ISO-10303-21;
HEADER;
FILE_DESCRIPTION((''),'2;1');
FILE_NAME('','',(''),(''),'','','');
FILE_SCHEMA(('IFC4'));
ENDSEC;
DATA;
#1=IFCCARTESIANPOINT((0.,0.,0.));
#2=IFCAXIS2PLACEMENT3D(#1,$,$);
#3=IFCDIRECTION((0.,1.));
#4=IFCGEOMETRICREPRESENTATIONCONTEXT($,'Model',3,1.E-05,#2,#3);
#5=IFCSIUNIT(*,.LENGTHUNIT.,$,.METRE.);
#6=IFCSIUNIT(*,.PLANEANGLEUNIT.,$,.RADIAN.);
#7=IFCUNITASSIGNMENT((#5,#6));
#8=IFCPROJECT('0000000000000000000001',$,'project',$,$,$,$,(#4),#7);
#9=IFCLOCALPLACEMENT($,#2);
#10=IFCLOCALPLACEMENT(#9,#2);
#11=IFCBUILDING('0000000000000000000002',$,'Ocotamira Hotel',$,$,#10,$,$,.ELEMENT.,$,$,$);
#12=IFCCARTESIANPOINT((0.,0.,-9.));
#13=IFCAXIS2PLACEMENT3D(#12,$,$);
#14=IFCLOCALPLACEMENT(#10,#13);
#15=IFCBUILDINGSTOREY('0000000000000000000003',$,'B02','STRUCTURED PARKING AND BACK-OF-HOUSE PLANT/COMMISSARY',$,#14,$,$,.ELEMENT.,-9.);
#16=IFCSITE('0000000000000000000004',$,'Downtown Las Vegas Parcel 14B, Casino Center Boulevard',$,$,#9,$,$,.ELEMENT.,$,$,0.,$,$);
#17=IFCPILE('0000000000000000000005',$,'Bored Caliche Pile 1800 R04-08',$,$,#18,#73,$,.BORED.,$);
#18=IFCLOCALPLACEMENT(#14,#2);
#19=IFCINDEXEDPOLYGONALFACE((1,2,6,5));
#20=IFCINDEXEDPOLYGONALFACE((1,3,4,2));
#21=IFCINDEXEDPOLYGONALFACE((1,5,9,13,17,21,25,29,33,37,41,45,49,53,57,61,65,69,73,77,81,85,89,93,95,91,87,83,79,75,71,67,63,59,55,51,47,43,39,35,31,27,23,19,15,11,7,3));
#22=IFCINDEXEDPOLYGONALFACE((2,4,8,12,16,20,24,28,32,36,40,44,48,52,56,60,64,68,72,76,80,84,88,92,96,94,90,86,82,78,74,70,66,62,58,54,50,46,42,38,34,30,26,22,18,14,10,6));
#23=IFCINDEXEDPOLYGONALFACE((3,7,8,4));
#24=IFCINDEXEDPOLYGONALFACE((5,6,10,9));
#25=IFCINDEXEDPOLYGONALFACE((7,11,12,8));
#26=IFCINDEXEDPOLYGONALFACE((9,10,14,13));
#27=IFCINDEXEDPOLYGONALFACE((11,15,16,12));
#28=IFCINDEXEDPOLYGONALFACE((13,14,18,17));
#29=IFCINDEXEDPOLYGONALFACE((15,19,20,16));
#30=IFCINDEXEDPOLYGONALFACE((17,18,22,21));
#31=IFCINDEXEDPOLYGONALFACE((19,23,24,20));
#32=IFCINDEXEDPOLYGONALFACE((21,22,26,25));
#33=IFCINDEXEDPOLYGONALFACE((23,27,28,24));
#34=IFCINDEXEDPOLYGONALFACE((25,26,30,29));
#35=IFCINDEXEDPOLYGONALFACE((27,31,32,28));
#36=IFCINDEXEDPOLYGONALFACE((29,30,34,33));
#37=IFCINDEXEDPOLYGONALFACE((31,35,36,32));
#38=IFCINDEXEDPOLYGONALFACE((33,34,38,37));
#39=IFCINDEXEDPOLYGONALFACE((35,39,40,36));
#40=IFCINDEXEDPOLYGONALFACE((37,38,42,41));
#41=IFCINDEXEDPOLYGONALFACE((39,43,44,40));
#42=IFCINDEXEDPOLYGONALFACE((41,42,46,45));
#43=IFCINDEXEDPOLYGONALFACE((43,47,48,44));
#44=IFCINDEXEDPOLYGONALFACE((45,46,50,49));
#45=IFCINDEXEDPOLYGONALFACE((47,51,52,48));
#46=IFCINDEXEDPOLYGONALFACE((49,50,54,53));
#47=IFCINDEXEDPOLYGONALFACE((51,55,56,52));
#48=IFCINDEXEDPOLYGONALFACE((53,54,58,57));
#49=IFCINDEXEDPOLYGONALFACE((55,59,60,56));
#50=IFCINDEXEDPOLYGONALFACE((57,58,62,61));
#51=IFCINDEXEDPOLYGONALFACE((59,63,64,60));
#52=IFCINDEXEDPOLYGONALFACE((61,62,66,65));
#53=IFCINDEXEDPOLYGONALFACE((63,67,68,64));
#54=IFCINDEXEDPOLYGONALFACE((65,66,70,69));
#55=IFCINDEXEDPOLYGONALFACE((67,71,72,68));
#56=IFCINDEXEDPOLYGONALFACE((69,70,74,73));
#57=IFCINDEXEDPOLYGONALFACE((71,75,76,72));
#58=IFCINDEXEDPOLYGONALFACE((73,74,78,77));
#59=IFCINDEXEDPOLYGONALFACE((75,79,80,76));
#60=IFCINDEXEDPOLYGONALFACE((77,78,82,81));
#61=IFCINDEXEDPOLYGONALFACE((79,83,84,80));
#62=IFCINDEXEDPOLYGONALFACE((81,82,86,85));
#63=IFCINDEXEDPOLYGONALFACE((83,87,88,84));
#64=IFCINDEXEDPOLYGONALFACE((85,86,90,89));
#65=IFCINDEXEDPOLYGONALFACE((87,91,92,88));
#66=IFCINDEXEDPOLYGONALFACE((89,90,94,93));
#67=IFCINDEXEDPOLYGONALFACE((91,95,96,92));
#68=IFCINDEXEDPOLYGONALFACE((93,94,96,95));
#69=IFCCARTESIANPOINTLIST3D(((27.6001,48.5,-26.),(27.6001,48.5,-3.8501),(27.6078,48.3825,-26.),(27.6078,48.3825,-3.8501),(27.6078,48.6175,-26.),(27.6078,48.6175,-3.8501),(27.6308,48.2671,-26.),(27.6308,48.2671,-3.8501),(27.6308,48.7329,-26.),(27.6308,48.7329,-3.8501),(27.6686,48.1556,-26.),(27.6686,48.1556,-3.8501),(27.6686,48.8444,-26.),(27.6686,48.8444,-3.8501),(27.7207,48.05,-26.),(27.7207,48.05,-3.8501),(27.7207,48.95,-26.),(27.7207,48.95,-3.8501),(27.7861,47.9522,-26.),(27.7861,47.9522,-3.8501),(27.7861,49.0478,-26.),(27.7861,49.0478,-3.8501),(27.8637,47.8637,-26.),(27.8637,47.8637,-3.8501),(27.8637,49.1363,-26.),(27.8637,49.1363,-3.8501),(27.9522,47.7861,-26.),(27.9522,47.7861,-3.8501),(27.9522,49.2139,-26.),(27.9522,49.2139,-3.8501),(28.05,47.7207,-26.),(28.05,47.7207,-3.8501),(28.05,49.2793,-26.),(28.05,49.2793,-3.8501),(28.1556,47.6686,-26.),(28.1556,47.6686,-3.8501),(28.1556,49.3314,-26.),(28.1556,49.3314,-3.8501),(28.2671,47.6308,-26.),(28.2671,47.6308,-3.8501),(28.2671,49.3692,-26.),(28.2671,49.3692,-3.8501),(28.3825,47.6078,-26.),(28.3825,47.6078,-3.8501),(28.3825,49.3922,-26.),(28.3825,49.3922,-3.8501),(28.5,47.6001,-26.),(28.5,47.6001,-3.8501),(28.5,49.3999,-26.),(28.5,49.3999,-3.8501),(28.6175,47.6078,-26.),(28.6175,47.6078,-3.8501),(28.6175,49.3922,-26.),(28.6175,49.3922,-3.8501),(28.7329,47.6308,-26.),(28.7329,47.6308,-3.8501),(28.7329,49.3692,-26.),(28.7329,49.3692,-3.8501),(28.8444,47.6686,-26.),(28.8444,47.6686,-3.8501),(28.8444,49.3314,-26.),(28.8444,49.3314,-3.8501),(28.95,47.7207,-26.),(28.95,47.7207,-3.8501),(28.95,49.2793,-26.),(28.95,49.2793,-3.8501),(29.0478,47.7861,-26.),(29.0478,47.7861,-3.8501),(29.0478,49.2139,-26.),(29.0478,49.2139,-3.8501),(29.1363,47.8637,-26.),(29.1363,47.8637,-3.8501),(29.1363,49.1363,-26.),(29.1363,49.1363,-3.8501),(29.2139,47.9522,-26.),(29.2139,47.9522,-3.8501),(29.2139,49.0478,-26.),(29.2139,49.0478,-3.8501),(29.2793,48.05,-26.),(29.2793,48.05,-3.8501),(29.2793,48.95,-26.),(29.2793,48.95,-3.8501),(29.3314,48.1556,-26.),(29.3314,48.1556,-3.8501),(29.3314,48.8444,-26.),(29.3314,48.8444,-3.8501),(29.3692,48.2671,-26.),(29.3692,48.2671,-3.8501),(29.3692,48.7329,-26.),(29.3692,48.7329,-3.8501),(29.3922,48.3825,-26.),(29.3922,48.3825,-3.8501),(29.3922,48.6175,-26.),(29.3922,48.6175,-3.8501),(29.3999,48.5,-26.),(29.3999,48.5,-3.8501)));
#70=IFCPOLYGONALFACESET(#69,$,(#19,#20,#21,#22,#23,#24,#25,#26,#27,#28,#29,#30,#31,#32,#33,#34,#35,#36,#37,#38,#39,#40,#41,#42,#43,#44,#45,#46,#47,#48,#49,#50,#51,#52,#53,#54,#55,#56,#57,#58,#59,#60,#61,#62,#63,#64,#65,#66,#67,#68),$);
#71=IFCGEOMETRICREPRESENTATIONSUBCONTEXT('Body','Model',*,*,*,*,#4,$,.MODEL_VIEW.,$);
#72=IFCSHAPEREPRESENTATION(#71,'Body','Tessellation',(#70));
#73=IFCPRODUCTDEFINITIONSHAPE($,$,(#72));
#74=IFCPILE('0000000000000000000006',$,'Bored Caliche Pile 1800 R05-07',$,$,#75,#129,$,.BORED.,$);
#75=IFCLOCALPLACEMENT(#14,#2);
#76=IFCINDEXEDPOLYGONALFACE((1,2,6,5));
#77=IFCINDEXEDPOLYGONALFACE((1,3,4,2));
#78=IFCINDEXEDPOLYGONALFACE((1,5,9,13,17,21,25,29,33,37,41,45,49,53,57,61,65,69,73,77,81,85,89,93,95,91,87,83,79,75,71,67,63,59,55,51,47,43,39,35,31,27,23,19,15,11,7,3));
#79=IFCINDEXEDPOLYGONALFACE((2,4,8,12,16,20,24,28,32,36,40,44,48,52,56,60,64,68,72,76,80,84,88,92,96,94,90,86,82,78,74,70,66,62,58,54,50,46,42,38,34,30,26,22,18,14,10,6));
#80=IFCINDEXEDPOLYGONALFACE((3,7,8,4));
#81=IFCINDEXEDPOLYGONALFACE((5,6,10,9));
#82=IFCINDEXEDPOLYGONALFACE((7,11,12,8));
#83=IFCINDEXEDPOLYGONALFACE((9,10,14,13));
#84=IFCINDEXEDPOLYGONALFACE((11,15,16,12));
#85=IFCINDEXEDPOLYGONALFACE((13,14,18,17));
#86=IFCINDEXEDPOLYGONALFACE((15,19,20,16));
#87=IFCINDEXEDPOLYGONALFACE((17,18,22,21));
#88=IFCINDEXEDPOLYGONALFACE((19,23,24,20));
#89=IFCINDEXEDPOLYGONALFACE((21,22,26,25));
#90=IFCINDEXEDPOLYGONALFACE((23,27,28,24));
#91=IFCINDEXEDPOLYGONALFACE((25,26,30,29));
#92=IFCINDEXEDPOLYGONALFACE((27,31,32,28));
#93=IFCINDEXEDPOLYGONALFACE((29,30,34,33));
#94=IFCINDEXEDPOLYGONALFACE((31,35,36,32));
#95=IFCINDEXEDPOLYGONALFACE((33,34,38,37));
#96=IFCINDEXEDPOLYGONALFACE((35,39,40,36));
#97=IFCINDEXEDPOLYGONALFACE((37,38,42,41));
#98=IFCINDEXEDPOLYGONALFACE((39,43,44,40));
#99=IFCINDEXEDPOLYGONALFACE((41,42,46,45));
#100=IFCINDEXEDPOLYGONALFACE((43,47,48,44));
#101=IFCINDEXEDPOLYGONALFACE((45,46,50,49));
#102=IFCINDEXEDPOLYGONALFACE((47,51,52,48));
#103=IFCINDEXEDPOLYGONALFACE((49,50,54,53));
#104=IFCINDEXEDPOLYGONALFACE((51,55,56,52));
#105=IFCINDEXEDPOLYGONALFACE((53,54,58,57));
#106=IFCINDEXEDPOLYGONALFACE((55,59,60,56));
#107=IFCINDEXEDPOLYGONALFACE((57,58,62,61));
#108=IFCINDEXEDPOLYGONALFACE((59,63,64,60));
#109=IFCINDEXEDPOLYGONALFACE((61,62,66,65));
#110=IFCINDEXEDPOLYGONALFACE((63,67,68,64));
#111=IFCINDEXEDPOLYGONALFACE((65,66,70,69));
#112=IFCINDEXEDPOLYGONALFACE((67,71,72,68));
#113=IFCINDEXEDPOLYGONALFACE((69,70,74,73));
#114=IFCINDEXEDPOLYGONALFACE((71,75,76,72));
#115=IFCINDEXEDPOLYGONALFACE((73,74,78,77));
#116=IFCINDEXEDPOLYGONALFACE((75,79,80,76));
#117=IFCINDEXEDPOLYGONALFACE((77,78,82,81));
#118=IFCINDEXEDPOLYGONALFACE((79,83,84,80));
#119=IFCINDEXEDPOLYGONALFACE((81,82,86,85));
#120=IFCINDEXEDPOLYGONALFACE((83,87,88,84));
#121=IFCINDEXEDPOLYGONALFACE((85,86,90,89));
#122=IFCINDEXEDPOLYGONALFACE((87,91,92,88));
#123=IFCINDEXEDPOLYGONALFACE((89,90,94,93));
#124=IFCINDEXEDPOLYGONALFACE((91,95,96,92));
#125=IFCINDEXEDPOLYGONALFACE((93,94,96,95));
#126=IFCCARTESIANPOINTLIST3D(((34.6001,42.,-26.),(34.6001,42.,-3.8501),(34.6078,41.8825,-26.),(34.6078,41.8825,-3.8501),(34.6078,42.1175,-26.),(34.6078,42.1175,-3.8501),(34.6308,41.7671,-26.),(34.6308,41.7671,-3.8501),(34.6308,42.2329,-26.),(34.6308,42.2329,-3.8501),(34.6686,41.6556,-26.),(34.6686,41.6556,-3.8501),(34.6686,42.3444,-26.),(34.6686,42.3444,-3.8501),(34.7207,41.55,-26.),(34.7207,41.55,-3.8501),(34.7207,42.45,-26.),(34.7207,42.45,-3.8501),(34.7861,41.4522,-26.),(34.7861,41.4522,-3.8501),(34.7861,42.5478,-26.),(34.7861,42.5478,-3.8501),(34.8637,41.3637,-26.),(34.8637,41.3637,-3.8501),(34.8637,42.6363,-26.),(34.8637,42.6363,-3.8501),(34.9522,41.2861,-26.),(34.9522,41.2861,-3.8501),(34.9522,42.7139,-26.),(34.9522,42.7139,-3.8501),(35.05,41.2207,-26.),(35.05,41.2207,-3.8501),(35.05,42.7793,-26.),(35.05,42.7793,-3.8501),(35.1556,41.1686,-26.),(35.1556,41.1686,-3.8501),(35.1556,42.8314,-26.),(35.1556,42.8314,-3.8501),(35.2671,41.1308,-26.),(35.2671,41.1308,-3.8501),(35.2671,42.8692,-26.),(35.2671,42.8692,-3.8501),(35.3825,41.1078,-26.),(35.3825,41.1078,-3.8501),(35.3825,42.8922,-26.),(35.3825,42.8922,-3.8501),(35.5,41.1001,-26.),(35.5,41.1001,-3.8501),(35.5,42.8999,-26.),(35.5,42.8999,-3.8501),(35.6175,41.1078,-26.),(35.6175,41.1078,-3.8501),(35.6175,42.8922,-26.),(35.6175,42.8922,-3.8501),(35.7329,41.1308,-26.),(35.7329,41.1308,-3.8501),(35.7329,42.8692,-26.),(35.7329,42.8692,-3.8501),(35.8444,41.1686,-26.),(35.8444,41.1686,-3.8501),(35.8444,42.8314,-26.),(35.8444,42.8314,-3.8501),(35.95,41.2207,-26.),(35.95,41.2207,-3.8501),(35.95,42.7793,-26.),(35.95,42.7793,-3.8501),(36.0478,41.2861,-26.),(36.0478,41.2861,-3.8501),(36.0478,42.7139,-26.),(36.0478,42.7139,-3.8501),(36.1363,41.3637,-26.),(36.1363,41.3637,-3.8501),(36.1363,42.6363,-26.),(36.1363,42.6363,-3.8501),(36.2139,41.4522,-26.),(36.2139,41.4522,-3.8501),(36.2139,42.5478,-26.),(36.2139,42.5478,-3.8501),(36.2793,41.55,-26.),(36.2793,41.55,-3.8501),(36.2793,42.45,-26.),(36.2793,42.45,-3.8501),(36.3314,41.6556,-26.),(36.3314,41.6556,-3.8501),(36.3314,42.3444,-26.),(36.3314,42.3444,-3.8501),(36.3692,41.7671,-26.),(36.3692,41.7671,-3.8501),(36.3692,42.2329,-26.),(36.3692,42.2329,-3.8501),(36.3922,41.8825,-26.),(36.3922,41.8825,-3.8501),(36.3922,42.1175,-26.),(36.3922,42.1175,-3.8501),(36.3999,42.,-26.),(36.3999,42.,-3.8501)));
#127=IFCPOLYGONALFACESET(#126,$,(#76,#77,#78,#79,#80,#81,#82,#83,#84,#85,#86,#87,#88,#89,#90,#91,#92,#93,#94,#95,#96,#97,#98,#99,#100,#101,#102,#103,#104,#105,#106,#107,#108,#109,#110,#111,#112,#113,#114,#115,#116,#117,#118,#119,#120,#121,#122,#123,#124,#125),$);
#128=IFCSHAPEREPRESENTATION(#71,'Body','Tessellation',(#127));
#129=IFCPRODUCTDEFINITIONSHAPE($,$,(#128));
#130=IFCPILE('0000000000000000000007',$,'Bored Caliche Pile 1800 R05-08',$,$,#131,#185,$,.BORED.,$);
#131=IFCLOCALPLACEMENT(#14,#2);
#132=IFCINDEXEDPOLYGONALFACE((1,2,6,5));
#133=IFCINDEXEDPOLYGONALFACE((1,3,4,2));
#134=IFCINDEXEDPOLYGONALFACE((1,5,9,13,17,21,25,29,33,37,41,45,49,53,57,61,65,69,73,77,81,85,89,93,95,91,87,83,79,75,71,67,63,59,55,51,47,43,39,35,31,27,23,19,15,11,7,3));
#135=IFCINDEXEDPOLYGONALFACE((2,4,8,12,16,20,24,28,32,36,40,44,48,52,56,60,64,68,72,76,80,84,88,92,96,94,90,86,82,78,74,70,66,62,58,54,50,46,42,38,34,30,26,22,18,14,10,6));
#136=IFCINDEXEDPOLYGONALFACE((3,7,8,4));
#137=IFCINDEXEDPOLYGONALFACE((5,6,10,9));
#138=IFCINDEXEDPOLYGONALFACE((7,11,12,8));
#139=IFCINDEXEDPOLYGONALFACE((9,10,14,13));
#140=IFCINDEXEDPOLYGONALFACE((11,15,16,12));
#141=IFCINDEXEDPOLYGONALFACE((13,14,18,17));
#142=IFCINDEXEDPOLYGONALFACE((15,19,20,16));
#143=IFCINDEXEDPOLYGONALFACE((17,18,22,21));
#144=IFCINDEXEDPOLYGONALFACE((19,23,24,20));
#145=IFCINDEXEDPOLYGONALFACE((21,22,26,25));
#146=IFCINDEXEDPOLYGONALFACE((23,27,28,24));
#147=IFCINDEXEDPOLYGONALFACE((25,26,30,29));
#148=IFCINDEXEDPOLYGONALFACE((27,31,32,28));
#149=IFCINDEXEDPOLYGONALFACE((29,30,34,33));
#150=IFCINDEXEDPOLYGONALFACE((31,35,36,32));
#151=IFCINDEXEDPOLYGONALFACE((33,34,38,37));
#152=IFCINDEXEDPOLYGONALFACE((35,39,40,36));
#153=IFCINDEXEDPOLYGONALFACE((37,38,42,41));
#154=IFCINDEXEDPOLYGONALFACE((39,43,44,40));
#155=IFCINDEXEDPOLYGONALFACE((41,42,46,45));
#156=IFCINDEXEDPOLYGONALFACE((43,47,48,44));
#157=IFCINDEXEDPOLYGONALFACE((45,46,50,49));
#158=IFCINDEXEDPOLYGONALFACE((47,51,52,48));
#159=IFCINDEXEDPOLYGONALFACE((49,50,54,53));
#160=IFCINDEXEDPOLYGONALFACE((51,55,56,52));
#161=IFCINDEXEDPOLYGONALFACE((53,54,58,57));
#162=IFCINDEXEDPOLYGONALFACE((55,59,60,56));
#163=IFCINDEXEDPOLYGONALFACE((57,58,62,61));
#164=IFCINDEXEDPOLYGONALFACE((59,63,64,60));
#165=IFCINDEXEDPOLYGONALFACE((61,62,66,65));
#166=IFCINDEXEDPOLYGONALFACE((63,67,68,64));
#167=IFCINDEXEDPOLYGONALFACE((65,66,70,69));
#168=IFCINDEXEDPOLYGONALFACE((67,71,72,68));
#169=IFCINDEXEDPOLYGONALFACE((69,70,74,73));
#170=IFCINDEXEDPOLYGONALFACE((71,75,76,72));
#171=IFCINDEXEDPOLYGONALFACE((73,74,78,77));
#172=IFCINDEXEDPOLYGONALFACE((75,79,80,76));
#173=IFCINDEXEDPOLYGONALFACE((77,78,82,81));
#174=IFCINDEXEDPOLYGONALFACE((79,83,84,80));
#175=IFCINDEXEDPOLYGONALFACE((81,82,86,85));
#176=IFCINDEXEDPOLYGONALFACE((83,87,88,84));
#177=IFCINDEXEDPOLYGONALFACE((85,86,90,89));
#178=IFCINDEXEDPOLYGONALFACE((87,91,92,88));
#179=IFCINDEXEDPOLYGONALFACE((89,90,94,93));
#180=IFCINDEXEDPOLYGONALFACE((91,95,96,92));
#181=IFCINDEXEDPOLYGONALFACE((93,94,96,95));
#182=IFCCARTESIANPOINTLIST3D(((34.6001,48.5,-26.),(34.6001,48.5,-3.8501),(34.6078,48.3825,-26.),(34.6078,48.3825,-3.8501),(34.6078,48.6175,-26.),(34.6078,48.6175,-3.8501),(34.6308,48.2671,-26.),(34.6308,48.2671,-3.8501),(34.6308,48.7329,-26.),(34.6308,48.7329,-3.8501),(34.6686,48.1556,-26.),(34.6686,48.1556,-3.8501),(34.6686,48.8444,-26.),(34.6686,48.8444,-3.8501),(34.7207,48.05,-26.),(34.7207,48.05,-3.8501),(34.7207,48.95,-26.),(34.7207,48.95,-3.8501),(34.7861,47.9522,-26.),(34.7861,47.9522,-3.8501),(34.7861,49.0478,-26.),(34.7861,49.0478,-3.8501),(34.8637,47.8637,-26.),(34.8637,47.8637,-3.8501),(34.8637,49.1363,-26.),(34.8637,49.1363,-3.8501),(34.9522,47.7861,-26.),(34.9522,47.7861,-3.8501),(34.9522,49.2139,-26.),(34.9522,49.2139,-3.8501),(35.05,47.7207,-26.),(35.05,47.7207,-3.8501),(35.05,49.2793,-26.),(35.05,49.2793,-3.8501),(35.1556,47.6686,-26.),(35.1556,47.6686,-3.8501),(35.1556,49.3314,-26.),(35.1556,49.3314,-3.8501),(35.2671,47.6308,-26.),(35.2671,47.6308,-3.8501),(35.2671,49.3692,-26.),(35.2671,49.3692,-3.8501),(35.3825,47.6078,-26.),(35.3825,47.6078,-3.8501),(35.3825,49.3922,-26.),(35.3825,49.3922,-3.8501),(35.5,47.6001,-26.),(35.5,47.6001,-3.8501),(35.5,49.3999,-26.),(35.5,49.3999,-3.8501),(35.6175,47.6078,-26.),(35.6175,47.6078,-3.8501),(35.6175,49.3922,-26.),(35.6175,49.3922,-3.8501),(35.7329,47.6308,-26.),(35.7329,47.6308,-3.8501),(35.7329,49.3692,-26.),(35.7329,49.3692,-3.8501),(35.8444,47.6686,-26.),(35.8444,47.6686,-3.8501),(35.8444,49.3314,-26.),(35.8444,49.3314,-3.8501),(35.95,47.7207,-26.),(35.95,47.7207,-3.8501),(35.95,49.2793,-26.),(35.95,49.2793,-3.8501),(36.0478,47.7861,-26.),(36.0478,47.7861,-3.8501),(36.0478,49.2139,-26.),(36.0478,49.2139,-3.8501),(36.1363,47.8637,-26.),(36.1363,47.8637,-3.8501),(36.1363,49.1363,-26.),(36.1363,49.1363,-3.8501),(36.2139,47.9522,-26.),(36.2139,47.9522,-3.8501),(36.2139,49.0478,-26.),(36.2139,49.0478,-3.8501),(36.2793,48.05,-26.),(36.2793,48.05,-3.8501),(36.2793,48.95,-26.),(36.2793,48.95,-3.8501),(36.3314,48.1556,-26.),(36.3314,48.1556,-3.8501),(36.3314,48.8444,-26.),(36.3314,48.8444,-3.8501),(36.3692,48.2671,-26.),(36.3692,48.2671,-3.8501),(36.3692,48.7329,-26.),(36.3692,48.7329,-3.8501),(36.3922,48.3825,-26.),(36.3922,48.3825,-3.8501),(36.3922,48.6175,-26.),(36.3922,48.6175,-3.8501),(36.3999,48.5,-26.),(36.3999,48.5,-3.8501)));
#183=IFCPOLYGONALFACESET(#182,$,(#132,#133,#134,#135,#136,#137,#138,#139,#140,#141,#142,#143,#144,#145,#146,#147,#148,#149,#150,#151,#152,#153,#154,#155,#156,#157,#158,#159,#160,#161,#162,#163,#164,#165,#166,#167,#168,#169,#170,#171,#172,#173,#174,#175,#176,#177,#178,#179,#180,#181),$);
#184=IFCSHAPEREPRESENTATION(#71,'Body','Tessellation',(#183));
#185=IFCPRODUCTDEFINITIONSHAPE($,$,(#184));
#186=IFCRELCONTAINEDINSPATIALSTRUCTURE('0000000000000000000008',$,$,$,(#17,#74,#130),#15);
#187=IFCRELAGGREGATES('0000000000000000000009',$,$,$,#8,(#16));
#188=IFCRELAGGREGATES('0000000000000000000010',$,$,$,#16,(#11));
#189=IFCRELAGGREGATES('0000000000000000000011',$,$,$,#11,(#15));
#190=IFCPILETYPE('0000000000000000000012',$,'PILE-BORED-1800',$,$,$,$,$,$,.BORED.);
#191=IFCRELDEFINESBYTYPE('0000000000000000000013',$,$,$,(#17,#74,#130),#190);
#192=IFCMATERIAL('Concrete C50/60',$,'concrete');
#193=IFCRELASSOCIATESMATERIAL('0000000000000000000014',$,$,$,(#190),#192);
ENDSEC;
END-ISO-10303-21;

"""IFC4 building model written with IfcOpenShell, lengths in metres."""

from ifc_helpers import new_model, si_unit, direction, frame, origin, origin_2d, place, context, subcontext, project, spatial, circle, extrude, source, transform, mapped, material, material_profile, profile_set, type_object, element, save


model = new_model("IFC4")

# Units and contexts
model_context = context("Model", 3, precision=1e-05, world=origin(), true_north=direction((0.0, 1.0)))
body_context = subcontext(model_context, "Body", "Model", "MODEL_VIEW")
ifc_project = project(units=[si_unit("LENGTHUNIT", "METRE"), si_unit("PLANEANGLEUNIT", "RADIAN")], contexts=[model_context])

# Site, building, storey
site_placement = place(None, origin())
site = spatial("IfcSite", under=ifc_project, at=site_placement, Name="Downtown Las Vegas Parcel 14B, Casino Center Boulevard", CompositionType="ELEMENT", RefElevation=0.0)
building_placement = place(site_placement, origin())
building = spatial("IfcBuilding", under=site, at=building_placement, Name="Ocotamira Hotel", CompositionType="ELEMENT")
storey_placement = place(building_placement, frame((0.0, 0.0, -9.0)))
storey = spatial("IfcBuildingStorey", under=building, at=storey_placement, Name="B02", Description="STRUCTURED PARKING AND BACK-OF-HOUSE PLANT/COMMISSARY", CompositionType="ELEMENT", Elevation=-9.0)

# Piles
ifc_material_1 = material(Name="Concrete C50/60", Category="concrete")
ifc_material_profile_1 = material_profile(ifc_material_1, circle(Radius=0.8999, at=origin_2d()), Name="PILE1800")
ifc_profile_set_1 = profile_set([ifc_material_profile_1], Name="Concrete C50/60")
pile_type = type_object("IfcPileType", Name="PILE-BORED-1800", PredefinedType="BORED", material=ifc_profile_set_1)
shared_shape_1 = source(origin(), body_context, "Body", "SweptSolid", [
    extrude(circle(Radius=0.8999, at=origin_2d()), origin(), (0.0, 0.0, 1.0), 22.1499),
])
for number, where, z_axis, x_axis, name in (
    (1, (28.5, 48.5, -3.8501), (0.0, 0.0, -1.0), (1.0, 0.0, 0.0), "Bored Caliche Pile 1800 R04-08"),
    (2, (35.5, 42.0, -3.8501), (0.0, 0.0, -1.0), (1.0, 0.0, 0.0), "Bored Caliche Pile 1800 R05-07"),
    (3, (35.5, 48.5, -3.8501), (0.0, 0.0, -1.0), (1.0, 0.0, 0.0), "Bored Caliche Pile 1800 R05-08"),
):
    element("IfcPile", number, at=place(storey_placement, frame(where, z_axis=z_axis, x_axis=x_axis)), inside=storey, type_object=pile_type, Name=name, PredefinedType="BORED", context=body_context, shape_type="MappedRepresentation", body=[
        mapped(shared_shape_1, transform((0.0, 0.0, 0.0), scale=1.0)),
    ])

save(model, "model.ifc")
